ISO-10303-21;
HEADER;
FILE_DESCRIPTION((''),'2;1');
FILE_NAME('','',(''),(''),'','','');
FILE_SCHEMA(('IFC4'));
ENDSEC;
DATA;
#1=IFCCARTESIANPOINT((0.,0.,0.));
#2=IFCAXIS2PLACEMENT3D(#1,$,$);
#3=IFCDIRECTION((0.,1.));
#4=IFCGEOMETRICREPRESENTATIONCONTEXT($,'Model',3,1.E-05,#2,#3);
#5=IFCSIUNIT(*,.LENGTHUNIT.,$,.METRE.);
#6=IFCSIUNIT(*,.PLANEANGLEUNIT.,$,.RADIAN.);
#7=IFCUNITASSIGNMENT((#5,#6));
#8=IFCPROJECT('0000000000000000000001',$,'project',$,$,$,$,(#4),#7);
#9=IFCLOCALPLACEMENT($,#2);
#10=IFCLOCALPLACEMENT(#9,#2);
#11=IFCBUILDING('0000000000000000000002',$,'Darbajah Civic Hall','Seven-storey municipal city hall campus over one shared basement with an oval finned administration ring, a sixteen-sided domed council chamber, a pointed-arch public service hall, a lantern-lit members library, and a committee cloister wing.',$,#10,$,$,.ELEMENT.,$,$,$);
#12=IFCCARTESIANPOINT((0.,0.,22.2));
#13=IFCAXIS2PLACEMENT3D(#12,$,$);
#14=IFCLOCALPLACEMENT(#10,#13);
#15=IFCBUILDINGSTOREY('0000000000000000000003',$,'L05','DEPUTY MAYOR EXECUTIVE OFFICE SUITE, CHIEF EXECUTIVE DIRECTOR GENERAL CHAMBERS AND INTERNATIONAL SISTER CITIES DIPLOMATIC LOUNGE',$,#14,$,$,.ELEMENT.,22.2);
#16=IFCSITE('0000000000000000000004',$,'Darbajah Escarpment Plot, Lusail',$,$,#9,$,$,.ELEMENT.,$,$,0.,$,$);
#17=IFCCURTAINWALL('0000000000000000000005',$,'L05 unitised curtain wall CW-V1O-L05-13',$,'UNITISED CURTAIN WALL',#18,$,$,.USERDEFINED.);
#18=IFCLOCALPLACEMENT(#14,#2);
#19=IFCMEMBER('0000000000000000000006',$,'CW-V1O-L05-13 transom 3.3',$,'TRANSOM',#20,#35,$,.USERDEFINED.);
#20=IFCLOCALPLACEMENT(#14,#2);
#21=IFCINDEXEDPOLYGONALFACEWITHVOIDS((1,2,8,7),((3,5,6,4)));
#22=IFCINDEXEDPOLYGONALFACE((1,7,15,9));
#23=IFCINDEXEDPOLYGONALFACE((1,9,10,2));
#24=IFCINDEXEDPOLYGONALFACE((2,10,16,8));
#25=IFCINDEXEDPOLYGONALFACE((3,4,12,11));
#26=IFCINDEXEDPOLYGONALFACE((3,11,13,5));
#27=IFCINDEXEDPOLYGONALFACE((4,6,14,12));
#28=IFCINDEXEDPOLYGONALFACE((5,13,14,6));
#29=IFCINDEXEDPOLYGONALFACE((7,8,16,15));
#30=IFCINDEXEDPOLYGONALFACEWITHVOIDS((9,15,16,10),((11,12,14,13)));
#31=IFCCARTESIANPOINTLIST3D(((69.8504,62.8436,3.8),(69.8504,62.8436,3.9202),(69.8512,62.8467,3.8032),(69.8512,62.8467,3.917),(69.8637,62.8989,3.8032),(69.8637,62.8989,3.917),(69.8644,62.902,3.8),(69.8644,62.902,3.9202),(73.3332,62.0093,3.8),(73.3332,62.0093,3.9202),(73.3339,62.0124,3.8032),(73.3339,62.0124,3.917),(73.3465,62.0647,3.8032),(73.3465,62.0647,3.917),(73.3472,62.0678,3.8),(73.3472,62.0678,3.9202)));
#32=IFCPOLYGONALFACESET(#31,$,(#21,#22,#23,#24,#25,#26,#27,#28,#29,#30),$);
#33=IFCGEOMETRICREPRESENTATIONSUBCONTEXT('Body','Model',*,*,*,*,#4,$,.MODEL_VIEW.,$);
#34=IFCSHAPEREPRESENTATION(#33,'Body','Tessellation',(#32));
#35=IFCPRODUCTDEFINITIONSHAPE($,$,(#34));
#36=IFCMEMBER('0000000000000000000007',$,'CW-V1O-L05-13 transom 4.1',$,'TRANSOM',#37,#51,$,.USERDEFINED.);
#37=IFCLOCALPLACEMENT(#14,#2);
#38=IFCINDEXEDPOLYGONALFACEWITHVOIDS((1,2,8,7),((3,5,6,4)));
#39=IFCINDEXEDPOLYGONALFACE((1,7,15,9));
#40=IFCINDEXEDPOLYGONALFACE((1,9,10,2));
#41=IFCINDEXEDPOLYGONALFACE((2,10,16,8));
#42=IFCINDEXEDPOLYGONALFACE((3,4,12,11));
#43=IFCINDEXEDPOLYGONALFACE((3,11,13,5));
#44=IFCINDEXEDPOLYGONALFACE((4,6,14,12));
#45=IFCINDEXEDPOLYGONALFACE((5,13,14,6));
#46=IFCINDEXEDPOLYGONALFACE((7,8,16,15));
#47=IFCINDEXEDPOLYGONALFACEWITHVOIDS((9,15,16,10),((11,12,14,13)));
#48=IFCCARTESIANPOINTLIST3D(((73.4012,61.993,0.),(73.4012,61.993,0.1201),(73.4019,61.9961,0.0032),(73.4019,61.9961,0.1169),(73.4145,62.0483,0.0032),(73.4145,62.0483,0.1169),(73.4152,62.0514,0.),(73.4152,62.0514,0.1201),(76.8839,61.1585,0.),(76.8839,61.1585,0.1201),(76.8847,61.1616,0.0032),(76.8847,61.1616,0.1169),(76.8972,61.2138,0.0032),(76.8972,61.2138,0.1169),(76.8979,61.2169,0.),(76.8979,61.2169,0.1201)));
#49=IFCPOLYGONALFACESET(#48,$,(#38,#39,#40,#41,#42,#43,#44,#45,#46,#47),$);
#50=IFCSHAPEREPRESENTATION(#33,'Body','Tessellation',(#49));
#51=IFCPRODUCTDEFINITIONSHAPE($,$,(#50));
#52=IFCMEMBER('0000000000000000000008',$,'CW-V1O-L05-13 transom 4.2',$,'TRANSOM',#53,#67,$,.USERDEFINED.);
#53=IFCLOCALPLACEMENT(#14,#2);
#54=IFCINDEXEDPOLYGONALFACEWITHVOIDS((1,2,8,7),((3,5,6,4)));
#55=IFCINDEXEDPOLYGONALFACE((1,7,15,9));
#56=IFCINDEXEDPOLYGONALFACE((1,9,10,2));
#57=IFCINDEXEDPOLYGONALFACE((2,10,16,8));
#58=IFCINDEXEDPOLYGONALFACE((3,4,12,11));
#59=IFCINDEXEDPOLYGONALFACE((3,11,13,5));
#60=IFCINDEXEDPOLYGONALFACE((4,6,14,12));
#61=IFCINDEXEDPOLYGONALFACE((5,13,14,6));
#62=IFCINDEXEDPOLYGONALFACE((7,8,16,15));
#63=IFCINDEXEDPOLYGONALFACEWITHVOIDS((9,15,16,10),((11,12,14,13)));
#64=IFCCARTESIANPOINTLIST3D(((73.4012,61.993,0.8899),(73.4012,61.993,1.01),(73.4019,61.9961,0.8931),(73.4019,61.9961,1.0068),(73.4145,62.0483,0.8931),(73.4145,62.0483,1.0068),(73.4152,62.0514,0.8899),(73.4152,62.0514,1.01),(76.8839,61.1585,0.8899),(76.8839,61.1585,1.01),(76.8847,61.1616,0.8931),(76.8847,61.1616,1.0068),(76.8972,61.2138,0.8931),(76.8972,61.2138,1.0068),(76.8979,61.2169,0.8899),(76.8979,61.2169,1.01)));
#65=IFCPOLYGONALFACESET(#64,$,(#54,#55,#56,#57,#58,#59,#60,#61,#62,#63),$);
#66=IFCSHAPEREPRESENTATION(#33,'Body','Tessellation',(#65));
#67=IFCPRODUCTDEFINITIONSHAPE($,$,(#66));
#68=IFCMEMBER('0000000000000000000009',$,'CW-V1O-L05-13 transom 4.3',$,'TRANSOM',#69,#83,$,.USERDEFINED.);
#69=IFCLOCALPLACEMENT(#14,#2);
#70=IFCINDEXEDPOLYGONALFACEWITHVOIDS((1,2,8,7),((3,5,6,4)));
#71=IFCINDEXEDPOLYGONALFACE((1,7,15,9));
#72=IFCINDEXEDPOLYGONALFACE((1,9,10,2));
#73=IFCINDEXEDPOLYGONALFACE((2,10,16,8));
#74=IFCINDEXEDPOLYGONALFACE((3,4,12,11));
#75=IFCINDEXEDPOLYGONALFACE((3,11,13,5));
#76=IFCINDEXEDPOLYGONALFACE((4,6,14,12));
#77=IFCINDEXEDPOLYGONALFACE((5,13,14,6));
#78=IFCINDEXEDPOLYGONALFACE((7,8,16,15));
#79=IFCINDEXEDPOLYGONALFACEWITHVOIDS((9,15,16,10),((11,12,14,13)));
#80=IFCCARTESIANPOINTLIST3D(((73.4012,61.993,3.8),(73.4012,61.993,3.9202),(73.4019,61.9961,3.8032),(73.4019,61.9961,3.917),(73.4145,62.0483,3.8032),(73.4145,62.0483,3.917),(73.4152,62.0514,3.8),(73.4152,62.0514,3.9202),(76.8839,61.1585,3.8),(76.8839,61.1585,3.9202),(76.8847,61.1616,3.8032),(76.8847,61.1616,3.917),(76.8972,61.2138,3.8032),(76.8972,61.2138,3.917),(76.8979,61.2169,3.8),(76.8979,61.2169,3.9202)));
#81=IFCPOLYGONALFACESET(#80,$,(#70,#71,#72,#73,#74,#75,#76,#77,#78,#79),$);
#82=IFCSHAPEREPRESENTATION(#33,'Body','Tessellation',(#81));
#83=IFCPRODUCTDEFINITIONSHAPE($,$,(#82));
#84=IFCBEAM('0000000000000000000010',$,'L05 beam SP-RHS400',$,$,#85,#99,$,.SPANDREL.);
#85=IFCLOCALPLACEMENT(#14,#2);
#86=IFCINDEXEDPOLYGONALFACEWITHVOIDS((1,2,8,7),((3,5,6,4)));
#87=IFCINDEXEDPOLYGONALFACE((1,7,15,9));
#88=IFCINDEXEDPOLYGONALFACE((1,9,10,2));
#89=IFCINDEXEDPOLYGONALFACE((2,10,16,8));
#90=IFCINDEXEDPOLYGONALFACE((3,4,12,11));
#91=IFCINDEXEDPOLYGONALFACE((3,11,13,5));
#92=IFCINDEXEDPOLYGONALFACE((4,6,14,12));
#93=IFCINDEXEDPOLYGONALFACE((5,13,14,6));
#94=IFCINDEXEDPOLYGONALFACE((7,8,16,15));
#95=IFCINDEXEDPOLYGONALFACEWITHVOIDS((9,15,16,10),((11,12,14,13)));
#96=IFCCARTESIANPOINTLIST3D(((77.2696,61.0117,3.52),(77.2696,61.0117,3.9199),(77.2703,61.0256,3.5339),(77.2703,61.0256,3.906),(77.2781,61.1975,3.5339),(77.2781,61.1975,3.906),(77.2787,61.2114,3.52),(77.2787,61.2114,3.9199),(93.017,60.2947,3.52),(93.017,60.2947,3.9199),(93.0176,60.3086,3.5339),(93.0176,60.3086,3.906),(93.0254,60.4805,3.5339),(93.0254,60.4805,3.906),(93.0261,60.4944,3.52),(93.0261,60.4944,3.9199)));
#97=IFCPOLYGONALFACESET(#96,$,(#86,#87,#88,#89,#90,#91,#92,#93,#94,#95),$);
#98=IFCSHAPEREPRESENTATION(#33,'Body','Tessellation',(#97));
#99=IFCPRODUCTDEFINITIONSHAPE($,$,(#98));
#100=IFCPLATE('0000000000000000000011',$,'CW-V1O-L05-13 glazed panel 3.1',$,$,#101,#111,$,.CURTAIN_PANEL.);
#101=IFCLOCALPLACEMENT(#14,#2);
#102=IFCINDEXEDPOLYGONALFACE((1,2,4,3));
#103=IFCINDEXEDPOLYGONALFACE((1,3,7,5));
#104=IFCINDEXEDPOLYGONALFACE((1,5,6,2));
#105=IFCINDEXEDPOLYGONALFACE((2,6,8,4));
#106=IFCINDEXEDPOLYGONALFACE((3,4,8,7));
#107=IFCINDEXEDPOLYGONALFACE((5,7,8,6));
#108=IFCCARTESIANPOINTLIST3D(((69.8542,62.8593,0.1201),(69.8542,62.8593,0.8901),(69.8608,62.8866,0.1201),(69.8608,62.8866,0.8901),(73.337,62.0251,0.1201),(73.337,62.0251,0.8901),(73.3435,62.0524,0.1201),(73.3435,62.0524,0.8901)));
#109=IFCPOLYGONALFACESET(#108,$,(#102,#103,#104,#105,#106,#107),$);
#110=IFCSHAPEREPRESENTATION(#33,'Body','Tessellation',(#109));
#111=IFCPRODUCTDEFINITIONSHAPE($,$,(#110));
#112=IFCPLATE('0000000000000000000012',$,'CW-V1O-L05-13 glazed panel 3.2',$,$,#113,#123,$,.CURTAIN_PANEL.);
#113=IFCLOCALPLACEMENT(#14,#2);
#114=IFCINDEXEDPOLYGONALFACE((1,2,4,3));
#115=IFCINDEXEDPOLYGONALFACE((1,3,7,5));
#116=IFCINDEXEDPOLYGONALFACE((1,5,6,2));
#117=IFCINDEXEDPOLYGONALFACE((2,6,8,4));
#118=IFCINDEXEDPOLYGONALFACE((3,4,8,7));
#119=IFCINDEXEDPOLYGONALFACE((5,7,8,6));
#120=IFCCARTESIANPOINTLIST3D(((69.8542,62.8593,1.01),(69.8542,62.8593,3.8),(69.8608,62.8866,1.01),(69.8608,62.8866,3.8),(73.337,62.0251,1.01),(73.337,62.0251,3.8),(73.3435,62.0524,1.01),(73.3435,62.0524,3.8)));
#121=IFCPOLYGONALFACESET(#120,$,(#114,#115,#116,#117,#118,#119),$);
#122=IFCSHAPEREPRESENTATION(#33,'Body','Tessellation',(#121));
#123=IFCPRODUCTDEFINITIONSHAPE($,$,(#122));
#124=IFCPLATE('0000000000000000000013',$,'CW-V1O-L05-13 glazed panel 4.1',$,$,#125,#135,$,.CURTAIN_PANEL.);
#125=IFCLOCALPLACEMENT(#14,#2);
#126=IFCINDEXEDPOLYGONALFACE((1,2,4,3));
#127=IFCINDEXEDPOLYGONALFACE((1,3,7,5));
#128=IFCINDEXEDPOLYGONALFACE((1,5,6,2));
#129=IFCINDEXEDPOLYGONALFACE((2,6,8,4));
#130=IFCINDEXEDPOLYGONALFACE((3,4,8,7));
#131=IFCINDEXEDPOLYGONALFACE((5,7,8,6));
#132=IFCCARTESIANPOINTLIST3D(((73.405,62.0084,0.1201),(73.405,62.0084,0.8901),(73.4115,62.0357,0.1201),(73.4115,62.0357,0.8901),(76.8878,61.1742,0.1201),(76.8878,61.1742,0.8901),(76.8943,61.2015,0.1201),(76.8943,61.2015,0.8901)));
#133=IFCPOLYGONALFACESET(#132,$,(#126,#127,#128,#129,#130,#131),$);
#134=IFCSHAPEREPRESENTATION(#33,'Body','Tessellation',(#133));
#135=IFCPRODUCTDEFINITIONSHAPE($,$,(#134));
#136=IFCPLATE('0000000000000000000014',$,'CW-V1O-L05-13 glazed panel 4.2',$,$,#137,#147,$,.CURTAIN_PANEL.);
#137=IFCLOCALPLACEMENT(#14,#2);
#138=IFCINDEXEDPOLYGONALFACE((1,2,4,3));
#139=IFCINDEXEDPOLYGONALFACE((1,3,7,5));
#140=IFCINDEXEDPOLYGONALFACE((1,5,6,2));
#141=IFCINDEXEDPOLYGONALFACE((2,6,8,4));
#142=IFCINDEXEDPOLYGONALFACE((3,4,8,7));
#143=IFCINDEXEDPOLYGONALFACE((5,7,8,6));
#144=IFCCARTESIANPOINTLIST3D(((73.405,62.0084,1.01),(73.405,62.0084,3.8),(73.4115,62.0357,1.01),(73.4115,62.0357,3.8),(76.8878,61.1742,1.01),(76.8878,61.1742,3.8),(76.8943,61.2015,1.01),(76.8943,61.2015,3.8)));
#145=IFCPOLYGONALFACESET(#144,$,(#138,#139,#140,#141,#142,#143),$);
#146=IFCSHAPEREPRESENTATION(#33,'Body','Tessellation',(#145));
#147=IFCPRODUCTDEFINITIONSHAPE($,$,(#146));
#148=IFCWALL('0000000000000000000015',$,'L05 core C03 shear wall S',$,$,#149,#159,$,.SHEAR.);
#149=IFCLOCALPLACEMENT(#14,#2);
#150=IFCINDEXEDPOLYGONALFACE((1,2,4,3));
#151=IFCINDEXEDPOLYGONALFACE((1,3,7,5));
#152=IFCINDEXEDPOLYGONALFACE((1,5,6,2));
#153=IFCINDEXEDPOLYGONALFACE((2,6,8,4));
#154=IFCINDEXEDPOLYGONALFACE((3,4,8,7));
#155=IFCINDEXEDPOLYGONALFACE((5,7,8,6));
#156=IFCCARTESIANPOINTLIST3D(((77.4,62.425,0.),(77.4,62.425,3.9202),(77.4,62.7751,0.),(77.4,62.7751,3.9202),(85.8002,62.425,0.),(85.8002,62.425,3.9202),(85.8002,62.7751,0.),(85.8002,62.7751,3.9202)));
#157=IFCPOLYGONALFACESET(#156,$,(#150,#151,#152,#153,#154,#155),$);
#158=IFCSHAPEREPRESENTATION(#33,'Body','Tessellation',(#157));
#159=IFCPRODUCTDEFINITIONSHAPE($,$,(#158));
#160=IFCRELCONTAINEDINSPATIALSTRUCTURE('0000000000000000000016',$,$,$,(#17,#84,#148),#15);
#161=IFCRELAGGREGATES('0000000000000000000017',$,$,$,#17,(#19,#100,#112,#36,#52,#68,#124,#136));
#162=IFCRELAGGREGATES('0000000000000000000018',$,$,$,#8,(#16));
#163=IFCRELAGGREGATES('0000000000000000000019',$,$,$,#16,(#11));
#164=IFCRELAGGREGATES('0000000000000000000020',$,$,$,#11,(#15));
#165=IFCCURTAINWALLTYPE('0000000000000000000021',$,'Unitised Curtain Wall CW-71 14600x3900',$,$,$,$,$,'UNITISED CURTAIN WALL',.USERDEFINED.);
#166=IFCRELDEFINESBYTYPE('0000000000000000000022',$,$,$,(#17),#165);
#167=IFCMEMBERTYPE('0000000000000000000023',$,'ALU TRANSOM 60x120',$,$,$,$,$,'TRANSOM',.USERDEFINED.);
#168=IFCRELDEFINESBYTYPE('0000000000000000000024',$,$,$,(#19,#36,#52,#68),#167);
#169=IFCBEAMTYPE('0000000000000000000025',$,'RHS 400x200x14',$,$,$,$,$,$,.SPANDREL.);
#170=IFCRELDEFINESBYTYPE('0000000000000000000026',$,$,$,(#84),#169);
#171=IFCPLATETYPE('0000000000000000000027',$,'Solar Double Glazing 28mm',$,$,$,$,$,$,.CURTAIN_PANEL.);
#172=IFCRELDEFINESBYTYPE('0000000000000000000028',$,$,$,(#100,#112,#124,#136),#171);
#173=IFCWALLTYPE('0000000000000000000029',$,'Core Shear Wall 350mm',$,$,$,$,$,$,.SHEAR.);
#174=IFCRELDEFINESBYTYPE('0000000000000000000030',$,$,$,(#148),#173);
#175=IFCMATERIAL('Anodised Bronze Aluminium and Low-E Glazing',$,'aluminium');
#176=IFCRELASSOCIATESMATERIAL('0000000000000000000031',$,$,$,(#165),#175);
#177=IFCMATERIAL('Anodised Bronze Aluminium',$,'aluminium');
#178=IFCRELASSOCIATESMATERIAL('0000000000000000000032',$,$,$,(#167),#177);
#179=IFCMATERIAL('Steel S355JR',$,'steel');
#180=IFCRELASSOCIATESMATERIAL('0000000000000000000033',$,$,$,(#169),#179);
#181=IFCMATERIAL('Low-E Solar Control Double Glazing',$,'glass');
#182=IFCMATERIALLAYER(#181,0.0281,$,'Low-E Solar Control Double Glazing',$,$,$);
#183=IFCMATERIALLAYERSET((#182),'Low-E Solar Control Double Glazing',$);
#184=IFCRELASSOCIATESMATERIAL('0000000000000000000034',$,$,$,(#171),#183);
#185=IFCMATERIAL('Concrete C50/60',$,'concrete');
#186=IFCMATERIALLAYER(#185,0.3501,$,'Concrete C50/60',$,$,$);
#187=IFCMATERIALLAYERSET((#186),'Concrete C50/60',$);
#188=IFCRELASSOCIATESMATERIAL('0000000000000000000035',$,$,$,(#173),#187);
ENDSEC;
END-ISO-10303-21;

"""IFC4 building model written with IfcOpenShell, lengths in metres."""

from ifc_helpers import new_model, si_unit, direction, frame, frame_2d, origin, origin_2d, place, context, subcontext, project, spatial, rectangle, hollow_rectangle, extrude, material, layer, layer_set, material_profile, profile_set, type_object, element, aggregate, save


model = new_model("IFC4")

# Units and contexts
model_context = context("Model", 3, precision=1e-05, world=origin(), true_north=direction((0.0, 1.0)))
body_context = subcontext(model_context, "Body", "Model", "MODEL_VIEW")
ifc_project = project(units=[si_unit("LENGTHUNIT", "METRE"), si_unit("PLANEANGLEUNIT", "RADIAN")], contexts=[model_context])

# Site, building, storey
site_placement = place(None, origin())
site = spatial("IfcSite", under=ifc_project, at=site_placement, Name="Darbajah Escarpment Plot, Lusail", CompositionType="ELEMENT", RefElevation=0.0)
building_placement = place(site_placement, origin())
building = spatial("IfcBuilding", under=site, at=building_placement, Name="Darbajah Civic Hall", Description="Seven-storey municipal city hall campus over one shared basement with an oval finned administration ring, a sixteen-sided domed council chamber, a pointed-arch public service hall, a lantern-lit members library, and a committee cloister wing.", CompositionType="ELEMENT")
storey_placement = place(building_placement, frame((0.0, 0.0, 22.2)))
storey = spatial("IfcBuildingStorey", under=building, at=storey_placement, Name="L05", Description="DEPUTY MAYOR EXECUTIVE OFFICE SUITE, CHIEF EXECUTIVE DIRECTOR GENERAL CHAMBERS AND INTERNATIONAL SISTER CITIES DIPLOMATIC LOUNGE", CompositionType="ELEMENT", Elevation=22.2)

# Shared definitions
ifc_material_1 = material(Name="Anodised Bronze Aluminium and Low-E Glazing", Category="aluminium")
ifc_material_2 = material(Name="Anodised Bronze Aluminium", Category="aluminium")

# Curtain wall
curtain_wall_type_1 = type_object("IfcCurtainWallType", Name="Unitised Curtain Wall CW-71 14600x3900", ElementType="UNITISED CURTAIN WALL", PredefinedType="USERDEFINED", material=ifc_material_1)
curtain_wall_1_placement = place(storey_placement, origin())
curtain_wall_1 = element("IfcCurtainWall", 1, at=curtain_wall_1_placement, inside=storey, type_object=curtain_wall_type_1, Name="L05 unitised curtain wall CW-V1O-L05-13", ObjectType="UNITISED CURTAIN WALL", PredefinedType="USERDEFINED")

# Members
ifc_material_profile_1 = material_profile(ifc_material_2, hollow_rectangle(XDim=0.0601, YDim=0.1201, WallThickness=0.0032, at=origin_2d()), Name="ALU TRANSOM 60x120")
ifc_profile_set_1 = profile_set([ifc_material_profile_1], Name="Anodised Bronze Aluminium")
member_type_1 = type_object("IfcMemberType", Name="ALU TRANSOM 60x120", ElementType="TRANSOM", PredefinedType="USERDEFINED", material=ifc_profile_set_1)
member_1_placement = place(storey_placement, frame((69.8574, 62.8728, 3.8601), z_axis=(0.972489, -0.232947, 0.0), x_axis=(0.232947, 0.972489, 0.0)))
member_1 = element("IfcMember", 2, at=member_1_placement, type_object=member_type_1, Name="CW-V1O-L05-13 transom 3.3", ObjectType="TRANSOM", PredefinedType="USERDEFINED", context=body_context, shape_type="SweptSolid", body=[
    extrude(hollow_rectangle(XDim=0.0601, YDim=0.1201, WallThickness=0.0032, at=origin_2d()), origin(), (0.0, 0.0, 1.0), 3.5813),
])
member_2_placement = place(storey_placement, frame((73.4082, 62.0222, 0.0601), z_axis=(0.972474, -0.233012, 0.0), x_axis=(0.233012, 0.972474, 0.0)))
member_2 = element("IfcMember", 3, at=member_2_placement, type_object=member_type_1, Name="CW-V1O-L05-13 transom 4.1", ObjectType="TRANSOM", PredefinedType="USERDEFINED", context=body_context, shape_type="SweptSolid", body=[
    extrude(hollow_rectangle(XDim=0.0601, YDim=0.1201, WallThickness=0.0032, at=origin_2d()), origin(), (0.0, 0.0, 1.0), 3.5813),
])
member_3_placement = place(storey_placement, frame((73.4082, 62.0222, 0.95), z_axis=(0.972474, -0.233012, 0.0), x_axis=(0.233012, 0.972474, 0.0)))
member_3 = element("IfcMember", 4, at=member_3_placement, type_object=member_type_1, Name="CW-V1O-L05-13 transom 4.2", ObjectType="TRANSOM", PredefinedType="USERDEFINED", context=body_context, shape_type="SweptSolid", body=[
    extrude(hollow_rectangle(XDim=0.0601, YDim=0.1201, WallThickness=0.0032, at=origin_2d()), origin(), (0.0, 0.0, 1.0), 3.5813),
])
member_4_placement = place(storey_placement, frame((73.4082, 62.0222, 3.8601), z_axis=(0.972474, -0.233012, 0.0), x_axis=(0.233012, 0.972474, 0.0)))
member_4 = element("IfcMember", 5, at=member_4_placement, type_object=member_type_1, Name="CW-V1O-L05-13 transom 4.3", ObjectType="TRANSOM", PredefinedType="USERDEFINED", context=body_context, shape_type="SweptSolid", body=[
    extrude(hollow_rectangle(XDim=0.0601, YDim=0.1201, WallThickness=0.0032, at=origin_2d()), origin(), (0.0, 0.0, 1.0), 3.5813),
])

# Beam
ifc_material_3 = material(Name="Steel S355JR", Category="steel")
ifc_material_profile_2 = material_profile(ifc_material_3, hollow_rectangle(XDim=0.2, YDim=0.3999, WallThickness=0.0139, at=origin_2d()), Name="RHS 400x200x14")
ifc_profile_set_2 = profile_set([ifc_material_profile_2], Name="Steel S355JR")
beam_type = type_object("IfcBeamType", Name="RHS 400x200x14", PredefinedType="SPANDREL", material=ifc_profile_set_2)
beam_placement = place(storey_placement, frame((77.2742, 61.1116, 3.72), z_axis=(0.998965, -0.045487, 0.0), x_axis=(0.045487, 0.998965, 0.0)))
element("IfcBeam", 6, at=beam_placement, inside=storey, type_object=beam_type, Name="L05 beam SP-RHS400", PredefinedType="SPANDREL", context=body_context, shape_type="SweptSolid", body=[
    extrude(hollow_rectangle(XDim=0.2, YDim=0.3999, WallThickness=0.0139, at=origin_2d()), origin(), (0.0, 0.0, 1.0), 15.7637),
])

# Plates
ifc_material_4 = material(Name="Low-E Solar Control Double Glazing", Category="glass")
ifc_layer_1 = layer(ifc_material_4, 0.0281, Name="Low-E Solar Control Double Glazing")
ifc_layer_set_1 = layer_set([ifc_layer_1], Name="Low-E Solar Control Double Glazing")
plate_type = type_object("IfcPlateType", Name="Solar Double Glazing 28mm", PredefinedType="CURTAIN_PANEL", material=ifc_layer_set_1)
plate_1_placement = place(storey_placement, frame((71.5989, 62.4558, 0.1201), z_axis=(0.0, 0.0, 1.0), x_axis=(0.972492, -0.232936, 0.0)))
plate_1 = element("IfcPlate", 7, at=plate_1_placement, type_object=plate_type, Name="CW-V1O-L05-13 glazed panel 3.1", PredefinedType="CURTAIN_PANEL", context=body_context, shape_type="SweptSolid", body=[
    extrude(rectangle(XDim=3.5813, YDim=0.0281, at=origin_2d()), origin(), (0.0, 0.0, 1.0), 0.77),
])
plate_2_placement = place(storey_placement, frame((71.5989, 62.4558, 1.01), z_axis=(0.0, 0.0, 1.0), x_axis=(0.972492, -0.232936, 0.0)))
plate_2 = element("IfcPlate", 8, at=plate_2_placement, type_object=plate_type, Name="CW-V1O-L05-13 glazed panel 3.2", PredefinedType="CURTAIN_PANEL", context=body_context, shape_type="SweptSolid", body=[
    extrude(rectangle(XDim=3.5813, YDim=0.0281, at=origin_2d()), origin(), (0.0, 0.0, 1.0), 2.79),
])
plate_3_placement = place(storey_placement, frame((75.1497, 61.605, 0.1201), z_axis=(0.0, 0.0, 1.0), x_axis=(0.972492, -0.232936, 0.0)))
plate_3 = element("IfcPlate", 9, at=plate_3_placement, type_object=plate_type, Name="CW-V1O-L05-13 glazed panel 4.1", PredefinedType="CURTAIN_PANEL", context=body_context, shape_type="SweptSolid", body=[
    extrude(rectangle(XDim=3.5813, YDim=0.0281, at=origin_2d()), origin(), (0.0, 0.0, 1.0), 0.77),
])
plate_4_placement = place(storey_placement, frame((75.1497, 61.605, 1.01), z_axis=(0.0, 0.0, 1.0), x_axis=(0.972492, -0.232936, 0.0)))
plate_4 = element("IfcPlate", 10, at=plate_4_placement, type_object=plate_type, Name="CW-V1O-L05-13 glazed panel 4.2", PredefinedType="CURTAIN_PANEL", context=body_context, shape_type="SweptSolid", body=[
    extrude(rectangle(XDim=3.5813, YDim=0.0281, at=origin_2d()), origin(), (0.0, 0.0, 1.0), 2.79),
])
aggregate(curtain_wall_1, [member_1, plate_1, plate_2, member_2, member_3, member_4, plate_3, plate_4])

# Wall
ifc_material_5 = material(Name="Concrete C50/60", Category="concrete")
ifc_layer_2 = layer(ifc_material_5, 0.3501, Name="Concrete C50/60")
ifc_layer_set_2 = layer_set([ifc_layer_2], Name="Concrete C50/60")
wall_type = type_object("IfcWallType", Name="Core Shear Wall 350mm", PredefinedType="SHEAR", material=ifc_layer_set_2)
wall_1_placement = place(storey_placement, frame((77.3999, 62.6001, 0.0), z_axis=(0.0, 0.0, 1.0), x_axis=(1.0, 0.0, 0.0)))
element("IfcWall", 11, at=wall_1_placement, inside=storey, type_object=wall_type, Name="L05 core C03 shear wall S", PredefinedType="SHEAR", context=body_context, shape_type="SweptSolid", body=[
    extrude(rectangle(XDim=8.4001, YDim=0.3501, at=frame_2d((4.2002, 0.0))), origin(), (0.0, 0.0, 1.0), 3.9202),
])

save(model, "model.ifc")
